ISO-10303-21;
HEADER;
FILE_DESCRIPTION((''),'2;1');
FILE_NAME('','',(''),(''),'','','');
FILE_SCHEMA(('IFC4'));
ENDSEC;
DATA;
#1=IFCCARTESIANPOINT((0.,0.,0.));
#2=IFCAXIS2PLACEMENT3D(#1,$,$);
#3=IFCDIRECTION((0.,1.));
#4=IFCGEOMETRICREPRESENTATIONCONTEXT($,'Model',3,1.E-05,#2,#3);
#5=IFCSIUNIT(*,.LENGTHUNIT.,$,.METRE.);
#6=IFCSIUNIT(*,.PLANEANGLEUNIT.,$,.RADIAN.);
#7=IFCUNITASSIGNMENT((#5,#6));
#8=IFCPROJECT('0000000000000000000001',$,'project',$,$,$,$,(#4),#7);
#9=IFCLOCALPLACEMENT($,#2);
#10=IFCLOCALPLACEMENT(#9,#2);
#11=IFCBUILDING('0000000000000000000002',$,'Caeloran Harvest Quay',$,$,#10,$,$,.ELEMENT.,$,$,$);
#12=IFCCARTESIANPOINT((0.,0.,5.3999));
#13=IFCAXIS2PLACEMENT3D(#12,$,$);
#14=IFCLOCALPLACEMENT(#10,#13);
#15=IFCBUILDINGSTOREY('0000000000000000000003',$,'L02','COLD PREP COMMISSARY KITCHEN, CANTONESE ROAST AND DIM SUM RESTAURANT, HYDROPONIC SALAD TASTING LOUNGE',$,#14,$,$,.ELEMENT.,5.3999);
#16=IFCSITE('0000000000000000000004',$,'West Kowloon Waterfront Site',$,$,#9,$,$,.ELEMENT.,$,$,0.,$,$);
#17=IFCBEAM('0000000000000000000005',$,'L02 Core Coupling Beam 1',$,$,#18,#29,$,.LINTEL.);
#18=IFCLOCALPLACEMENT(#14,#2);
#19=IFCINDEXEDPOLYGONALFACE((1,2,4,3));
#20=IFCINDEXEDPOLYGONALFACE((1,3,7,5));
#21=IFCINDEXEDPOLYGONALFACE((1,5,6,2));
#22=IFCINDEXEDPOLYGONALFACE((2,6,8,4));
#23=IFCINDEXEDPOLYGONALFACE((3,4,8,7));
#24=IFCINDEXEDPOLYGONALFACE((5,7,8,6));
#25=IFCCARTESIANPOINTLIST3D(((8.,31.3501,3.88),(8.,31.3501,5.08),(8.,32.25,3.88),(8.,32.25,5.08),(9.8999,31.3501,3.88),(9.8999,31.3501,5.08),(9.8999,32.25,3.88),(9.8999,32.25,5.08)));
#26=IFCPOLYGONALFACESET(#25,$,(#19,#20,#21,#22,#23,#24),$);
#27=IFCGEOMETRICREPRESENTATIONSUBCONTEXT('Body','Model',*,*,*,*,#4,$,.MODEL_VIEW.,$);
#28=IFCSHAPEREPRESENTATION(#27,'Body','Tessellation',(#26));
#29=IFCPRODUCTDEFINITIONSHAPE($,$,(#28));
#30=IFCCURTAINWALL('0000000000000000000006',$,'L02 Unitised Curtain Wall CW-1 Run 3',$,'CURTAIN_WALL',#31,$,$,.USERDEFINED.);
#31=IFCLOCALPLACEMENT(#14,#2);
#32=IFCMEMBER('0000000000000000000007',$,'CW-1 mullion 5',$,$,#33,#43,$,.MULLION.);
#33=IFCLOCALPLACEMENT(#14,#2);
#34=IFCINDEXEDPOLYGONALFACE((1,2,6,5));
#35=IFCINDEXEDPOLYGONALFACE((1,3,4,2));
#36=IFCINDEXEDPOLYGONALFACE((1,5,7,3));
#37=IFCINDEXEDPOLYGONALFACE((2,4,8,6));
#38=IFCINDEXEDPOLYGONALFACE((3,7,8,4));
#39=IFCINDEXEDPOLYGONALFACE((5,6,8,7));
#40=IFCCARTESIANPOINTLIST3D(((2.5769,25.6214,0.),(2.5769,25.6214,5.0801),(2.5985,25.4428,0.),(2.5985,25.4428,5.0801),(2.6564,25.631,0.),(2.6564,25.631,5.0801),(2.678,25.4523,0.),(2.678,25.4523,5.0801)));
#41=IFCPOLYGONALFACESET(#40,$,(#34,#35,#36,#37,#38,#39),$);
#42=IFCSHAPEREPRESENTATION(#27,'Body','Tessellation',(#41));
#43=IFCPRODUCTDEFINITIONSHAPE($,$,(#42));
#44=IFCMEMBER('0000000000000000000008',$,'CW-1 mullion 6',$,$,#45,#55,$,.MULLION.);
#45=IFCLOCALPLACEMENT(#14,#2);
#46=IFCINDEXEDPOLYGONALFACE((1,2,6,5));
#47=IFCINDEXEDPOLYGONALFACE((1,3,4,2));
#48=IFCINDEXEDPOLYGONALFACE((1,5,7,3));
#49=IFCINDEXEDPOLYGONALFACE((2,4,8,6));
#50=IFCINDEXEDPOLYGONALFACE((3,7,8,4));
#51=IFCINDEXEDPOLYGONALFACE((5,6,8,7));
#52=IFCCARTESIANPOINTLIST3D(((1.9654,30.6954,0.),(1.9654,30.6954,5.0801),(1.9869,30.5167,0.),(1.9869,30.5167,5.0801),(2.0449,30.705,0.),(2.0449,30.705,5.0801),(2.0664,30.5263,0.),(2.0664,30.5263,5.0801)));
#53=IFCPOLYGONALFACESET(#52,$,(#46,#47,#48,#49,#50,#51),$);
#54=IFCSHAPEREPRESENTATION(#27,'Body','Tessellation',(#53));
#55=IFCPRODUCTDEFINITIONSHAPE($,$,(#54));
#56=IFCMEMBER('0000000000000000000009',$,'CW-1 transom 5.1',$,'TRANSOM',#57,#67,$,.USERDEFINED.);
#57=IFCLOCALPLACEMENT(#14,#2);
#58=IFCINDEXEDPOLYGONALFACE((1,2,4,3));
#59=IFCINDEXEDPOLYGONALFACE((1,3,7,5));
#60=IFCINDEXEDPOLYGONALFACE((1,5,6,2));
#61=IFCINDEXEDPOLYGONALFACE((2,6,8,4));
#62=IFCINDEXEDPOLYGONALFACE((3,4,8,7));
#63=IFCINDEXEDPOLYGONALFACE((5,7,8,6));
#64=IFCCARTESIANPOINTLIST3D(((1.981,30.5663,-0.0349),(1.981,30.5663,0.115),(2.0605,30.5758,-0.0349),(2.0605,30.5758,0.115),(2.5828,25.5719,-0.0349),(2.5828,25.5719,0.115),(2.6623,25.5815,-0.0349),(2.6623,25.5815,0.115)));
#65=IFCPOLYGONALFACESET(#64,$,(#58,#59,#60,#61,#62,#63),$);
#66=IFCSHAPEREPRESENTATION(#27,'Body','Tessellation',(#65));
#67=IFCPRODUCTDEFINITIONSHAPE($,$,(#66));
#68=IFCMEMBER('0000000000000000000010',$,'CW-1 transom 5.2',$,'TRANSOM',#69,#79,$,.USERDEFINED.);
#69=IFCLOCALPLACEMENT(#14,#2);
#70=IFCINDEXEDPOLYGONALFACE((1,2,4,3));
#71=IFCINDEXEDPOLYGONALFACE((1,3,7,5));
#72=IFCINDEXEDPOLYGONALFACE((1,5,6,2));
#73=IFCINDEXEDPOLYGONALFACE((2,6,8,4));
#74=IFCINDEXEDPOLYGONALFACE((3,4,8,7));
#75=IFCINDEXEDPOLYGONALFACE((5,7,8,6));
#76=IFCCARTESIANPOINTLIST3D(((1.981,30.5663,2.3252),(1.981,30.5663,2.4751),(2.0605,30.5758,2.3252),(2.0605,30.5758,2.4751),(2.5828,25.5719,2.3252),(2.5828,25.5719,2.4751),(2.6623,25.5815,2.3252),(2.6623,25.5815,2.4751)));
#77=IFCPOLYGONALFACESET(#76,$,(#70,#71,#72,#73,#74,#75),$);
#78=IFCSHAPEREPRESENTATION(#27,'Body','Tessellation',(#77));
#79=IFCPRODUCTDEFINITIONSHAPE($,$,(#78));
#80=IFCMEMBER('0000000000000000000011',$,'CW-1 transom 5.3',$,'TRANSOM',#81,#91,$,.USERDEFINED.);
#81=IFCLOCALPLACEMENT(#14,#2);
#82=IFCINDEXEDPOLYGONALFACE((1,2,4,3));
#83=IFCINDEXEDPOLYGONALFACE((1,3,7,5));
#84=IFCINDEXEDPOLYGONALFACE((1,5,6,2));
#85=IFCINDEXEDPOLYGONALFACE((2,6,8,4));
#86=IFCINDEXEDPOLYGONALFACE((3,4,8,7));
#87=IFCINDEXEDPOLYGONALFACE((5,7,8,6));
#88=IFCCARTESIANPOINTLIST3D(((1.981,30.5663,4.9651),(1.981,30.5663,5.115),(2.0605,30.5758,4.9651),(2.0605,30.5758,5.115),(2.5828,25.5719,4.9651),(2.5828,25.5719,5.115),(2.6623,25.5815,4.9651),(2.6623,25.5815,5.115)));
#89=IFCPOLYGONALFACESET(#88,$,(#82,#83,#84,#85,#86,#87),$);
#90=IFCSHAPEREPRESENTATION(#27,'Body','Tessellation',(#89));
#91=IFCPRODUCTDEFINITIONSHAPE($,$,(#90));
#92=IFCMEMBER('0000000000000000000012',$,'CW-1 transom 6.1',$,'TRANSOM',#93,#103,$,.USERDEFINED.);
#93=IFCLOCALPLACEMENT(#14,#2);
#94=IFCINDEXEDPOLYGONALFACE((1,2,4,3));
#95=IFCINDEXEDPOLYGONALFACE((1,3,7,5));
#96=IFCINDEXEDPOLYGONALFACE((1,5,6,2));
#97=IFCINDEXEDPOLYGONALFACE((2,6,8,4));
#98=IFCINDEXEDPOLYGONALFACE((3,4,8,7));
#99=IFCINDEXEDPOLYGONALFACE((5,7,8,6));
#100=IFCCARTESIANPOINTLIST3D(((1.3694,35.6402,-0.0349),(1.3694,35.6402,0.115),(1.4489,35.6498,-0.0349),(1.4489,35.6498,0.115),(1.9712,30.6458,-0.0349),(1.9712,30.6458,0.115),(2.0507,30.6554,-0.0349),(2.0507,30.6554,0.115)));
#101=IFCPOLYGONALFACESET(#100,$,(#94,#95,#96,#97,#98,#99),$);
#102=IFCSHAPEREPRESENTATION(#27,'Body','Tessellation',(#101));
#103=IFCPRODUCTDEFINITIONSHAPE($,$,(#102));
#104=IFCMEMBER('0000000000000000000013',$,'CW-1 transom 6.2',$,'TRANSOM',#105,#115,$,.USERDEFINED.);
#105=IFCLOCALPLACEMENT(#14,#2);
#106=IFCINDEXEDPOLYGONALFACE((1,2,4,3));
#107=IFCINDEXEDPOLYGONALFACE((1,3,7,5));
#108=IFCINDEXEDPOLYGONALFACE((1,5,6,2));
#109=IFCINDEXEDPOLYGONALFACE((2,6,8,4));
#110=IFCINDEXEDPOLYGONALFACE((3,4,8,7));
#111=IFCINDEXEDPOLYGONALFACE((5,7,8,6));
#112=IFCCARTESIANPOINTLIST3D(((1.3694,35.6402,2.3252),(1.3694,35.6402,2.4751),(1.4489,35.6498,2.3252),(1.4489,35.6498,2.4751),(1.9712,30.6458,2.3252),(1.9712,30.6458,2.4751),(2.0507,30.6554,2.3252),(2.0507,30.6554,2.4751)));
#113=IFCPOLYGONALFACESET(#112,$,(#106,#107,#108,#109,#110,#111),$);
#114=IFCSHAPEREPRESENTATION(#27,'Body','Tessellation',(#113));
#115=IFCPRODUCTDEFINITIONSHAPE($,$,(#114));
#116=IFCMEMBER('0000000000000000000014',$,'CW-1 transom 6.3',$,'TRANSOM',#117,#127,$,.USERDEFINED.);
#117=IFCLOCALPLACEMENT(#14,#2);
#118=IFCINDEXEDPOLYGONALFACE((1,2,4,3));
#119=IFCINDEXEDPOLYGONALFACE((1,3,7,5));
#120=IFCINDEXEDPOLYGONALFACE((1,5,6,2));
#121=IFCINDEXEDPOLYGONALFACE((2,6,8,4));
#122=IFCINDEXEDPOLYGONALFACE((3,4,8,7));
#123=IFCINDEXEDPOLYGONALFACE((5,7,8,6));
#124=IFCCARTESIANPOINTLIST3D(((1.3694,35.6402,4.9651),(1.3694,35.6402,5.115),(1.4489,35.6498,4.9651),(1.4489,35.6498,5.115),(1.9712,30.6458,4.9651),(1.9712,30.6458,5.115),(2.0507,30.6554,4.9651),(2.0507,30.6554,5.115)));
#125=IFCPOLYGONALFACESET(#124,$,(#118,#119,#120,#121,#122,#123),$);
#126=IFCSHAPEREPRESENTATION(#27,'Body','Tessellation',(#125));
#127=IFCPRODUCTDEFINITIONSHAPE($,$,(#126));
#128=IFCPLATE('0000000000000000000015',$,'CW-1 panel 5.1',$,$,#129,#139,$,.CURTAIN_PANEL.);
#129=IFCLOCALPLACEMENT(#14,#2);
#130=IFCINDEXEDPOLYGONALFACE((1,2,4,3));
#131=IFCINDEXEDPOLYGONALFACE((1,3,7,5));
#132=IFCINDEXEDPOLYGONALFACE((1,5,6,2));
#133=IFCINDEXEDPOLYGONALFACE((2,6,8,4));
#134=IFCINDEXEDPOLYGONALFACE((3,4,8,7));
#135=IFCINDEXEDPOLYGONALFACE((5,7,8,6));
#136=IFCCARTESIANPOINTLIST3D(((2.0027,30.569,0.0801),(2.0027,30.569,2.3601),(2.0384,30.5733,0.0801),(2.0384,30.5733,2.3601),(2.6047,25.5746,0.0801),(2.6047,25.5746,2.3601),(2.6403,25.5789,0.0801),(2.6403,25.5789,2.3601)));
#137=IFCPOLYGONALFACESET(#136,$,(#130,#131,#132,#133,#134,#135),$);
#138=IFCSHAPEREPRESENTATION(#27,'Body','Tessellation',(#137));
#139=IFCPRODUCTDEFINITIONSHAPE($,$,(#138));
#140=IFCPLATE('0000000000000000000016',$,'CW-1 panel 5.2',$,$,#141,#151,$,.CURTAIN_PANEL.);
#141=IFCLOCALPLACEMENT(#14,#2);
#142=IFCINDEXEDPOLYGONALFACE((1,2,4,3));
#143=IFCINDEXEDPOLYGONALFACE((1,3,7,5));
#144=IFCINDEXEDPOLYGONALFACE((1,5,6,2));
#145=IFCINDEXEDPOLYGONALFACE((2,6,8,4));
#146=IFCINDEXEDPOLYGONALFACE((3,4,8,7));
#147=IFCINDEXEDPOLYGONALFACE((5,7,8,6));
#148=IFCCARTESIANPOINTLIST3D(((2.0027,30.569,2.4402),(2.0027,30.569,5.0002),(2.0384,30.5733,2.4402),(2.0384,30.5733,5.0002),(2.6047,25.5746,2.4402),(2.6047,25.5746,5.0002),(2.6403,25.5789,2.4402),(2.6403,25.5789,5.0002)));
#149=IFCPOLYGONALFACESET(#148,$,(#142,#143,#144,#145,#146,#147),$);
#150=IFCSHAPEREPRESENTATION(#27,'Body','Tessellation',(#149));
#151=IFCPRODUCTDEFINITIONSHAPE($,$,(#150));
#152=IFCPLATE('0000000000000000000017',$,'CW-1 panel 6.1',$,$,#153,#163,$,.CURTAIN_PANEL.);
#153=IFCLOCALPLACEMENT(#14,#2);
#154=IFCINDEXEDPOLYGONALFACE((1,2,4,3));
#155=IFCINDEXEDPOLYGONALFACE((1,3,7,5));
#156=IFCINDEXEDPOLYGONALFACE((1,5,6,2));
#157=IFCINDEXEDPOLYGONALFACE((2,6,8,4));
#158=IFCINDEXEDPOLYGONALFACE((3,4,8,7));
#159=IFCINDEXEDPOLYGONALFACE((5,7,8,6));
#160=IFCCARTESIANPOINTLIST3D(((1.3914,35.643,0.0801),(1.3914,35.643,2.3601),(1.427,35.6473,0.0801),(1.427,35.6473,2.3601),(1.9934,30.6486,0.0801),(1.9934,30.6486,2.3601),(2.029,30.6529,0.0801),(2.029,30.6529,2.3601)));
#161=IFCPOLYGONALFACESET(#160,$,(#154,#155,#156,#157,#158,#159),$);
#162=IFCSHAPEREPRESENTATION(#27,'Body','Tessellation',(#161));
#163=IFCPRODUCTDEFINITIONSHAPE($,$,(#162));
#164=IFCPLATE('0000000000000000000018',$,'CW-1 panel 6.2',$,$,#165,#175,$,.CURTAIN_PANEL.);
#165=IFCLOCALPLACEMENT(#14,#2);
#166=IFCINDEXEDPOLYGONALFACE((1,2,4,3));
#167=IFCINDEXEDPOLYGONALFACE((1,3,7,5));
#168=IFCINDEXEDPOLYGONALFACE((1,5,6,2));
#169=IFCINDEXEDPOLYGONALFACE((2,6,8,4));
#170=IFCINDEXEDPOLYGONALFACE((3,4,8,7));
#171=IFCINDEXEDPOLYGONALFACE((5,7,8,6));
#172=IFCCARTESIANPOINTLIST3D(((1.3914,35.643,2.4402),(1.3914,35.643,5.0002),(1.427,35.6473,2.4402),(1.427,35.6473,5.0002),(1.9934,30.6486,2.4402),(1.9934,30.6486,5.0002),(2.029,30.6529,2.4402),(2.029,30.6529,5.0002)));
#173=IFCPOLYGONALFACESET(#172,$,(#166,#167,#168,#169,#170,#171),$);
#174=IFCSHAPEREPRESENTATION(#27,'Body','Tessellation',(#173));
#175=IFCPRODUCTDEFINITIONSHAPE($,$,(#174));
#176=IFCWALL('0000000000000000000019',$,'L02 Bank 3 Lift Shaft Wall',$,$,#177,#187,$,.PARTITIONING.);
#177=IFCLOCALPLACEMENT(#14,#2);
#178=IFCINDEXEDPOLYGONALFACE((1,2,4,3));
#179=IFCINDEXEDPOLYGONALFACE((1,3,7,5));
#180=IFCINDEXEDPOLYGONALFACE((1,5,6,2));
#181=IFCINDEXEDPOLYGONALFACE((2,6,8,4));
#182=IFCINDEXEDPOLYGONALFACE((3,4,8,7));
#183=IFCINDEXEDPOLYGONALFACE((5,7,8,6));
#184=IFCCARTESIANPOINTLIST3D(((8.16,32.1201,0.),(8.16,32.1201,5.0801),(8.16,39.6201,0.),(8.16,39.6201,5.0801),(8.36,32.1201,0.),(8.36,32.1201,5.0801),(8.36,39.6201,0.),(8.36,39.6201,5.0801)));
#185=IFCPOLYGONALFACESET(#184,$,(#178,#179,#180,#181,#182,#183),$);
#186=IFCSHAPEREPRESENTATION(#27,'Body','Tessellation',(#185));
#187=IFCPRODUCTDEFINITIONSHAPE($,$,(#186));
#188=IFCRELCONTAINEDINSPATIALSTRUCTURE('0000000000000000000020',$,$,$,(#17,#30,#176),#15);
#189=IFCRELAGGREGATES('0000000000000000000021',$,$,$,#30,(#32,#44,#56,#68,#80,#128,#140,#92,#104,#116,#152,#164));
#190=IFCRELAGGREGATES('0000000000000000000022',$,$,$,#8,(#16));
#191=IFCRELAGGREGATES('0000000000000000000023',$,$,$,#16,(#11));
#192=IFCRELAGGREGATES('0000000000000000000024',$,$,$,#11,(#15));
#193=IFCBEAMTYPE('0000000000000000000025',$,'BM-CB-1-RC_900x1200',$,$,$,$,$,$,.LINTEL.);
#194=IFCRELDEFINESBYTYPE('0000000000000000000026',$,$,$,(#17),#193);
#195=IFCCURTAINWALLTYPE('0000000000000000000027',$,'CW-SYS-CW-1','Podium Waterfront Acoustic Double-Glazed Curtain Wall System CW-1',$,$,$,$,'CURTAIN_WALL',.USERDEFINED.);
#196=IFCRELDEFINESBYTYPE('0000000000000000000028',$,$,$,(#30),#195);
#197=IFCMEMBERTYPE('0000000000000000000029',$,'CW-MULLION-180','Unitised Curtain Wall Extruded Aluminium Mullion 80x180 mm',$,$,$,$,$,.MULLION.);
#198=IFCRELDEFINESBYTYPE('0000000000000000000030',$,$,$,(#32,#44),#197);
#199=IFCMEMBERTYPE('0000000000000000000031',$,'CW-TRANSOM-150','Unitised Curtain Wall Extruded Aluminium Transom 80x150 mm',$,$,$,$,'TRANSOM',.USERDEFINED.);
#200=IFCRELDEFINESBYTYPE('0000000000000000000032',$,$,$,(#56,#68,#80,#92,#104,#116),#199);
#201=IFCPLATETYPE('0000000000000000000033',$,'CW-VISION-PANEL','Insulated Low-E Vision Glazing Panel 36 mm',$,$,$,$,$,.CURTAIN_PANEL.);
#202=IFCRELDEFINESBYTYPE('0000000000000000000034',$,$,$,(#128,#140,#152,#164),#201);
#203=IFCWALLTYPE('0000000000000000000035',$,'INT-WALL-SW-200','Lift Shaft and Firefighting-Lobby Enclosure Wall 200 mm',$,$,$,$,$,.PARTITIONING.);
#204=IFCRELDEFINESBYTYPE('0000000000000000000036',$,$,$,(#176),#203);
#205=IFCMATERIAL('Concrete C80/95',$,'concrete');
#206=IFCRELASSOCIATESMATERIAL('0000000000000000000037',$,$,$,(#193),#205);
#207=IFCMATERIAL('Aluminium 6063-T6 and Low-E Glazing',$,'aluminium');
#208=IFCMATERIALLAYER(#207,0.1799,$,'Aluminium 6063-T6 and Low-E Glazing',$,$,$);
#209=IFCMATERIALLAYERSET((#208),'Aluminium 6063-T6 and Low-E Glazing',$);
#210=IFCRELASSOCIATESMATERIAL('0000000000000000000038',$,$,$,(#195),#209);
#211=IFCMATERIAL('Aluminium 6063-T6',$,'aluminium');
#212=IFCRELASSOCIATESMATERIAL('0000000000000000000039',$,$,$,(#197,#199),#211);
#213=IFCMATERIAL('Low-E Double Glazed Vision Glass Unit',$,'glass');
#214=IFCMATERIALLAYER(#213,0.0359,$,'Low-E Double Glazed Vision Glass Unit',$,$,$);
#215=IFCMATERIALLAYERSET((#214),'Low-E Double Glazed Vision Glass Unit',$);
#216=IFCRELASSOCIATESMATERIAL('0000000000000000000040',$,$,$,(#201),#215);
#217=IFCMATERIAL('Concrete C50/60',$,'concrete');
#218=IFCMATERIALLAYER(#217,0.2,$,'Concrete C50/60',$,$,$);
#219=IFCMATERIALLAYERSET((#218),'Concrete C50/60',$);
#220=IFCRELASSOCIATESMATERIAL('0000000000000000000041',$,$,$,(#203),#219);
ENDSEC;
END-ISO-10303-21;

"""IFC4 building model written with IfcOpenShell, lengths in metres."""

from ifc_helpers import new_model, si_unit, direction, frame, frame_2d, origin, origin_2d, place, context, subcontext, project, spatial, rectangle, extrude, material, layer, layer_set, material_profile, profile_set, type_object, element, aggregate, save


model = new_model("IFC4")

# Units and contexts
model_context = context("Model", 3, precision=1e-05, world=origin(), true_north=direction((0.0, 1.0)))
body_context = subcontext(model_context, "Body", "Model", "MODEL_VIEW")
ifc_project = project(units=[si_unit("LENGTHUNIT", "METRE"), si_unit("PLANEANGLEUNIT", "RADIAN")], contexts=[model_context])

# Site, building, storey
site_placement = place(None, origin())
site = spatial("IfcSite", under=ifc_project, at=site_placement, Name="West Kowloon Waterfront Site", CompositionType="ELEMENT", RefElevation=0.0)
building_placement = place(site_placement, origin())
building = spatial("IfcBuilding", under=site, at=building_placement, Name="Caeloran Harvest Quay", CompositionType="ELEMENT")
storey_placement = place(building_placement, frame((0.0, 0.0, 5.3999)))
storey = spatial("IfcBuildingStorey", under=building, at=storey_placement, Name="L02", Description="COLD PREP COMMISSARY KITCHEN, CANTONESE ROAST AND DIM SUM RESTAURANT, HYDROPONIC SALAD TASTING LOUNGE", CompositionType="ELEMENT", Elevation=5.3999)

# Beam
ifc_material_1 = material(Name="Concrete C80/95", Category="concrete")
ifc_material_profile_1 = material_profile(ifc_material_1, rectangle(XDim=0.8999, YDim=1.2, at=origin_2d()), Name="RC 900x1200")
ifc_profile_set_1 = profile_set([ifc_material_profile_1], Name="Concrete C80/95")
beam_type = type_object("IfcBeamType", Name="BM-CB-1-RC_900x1200", PredefinedType="LINTEL", material=ifc_profile_set_1)
beam_placement = place(storey_placement, frame((8.0, 31.8, 4.48), z_axis=(1.0, 0.0, 0.0), x_axis=(0.0, 1.0, 0.0)))
element("IfcBeam", 1, at=beam_placement, inside=storey, type_object=beam_type, Name="L02 Core Coupling Beam 1", PredefinedType="LINTEL", context=body_context, shape_type="SweptSolid", body=[
    extrude(rectangle(XDim=0.8999, YDim=1.2, at=origin_2d()), origin(), (0.0, 0.0, 1.0), 1.8999),
])

# Curtain wall, members, plates
ifc_material_2 = material(Name="Aluminium 6063-T6 and Low-E Glazing", Category="aluminium")
ifc_layer_1 = layer(ifc_material_2, 0.1799, Name="Aluminium 6063-T6 and Low-E Glazing")
ifc_layer_set_1 = layer_set([ifc_layer_1], Name="Aluminium 6063-T6 and Low-E Glazing")
curtain_wall_type = type_object("IfcCurtainWallType", Name="CW-SYS-CW-1", Description="Podium Waterfront Acoustic Double-Glazed Curtain Wall System CW-1", ElementType="CURTAIN_WALL", PredefinedType="USERDEFINED", material=ifc_layer_set_1)
curtain_wall_placement = place(storey_placement, origin())
curtain_wall = element("IfcCurtainWall", 2, at=curtain_wall_placement, inside=storey, type_object=curtain_wall_type, Name="L02 Unitised Curtain Wall CW-1 Run 3", ObjectType="CURTAIN_WALL", PredefinedType="USERDEFINED")
ifc_material_3 = material(Name="Aluminium 6063-T6", Category="aluminium")
ifc_material_profile_2 = material_profile(ifc_material_3, rectangle(XDim=0.0801, YDim=0.1799, at=origin_2d()), Name="CW-MULLION-180")
ifc_profile_set_2 = profile_set([ifc_material_profile_2], Name="Aluminium 6063-T6")
member_type_1 = type_object("IfcMemberType", Name="CW-MULLION-180", Description="Unitised Curtain Wall Extruded Aluminium Mullion 80x180 mm", PredefinedType="MULLION", material=ifc_profile_set_2)
member_1_placement = place(storey_placement, frame((2.6274, 25.5369, 0.0), z_axis=(0.0, 0.0, 1.0), x_axis=(-0.992815, -0.119658, 0.0)))
member_1 = element("IfcMember", 3, at=member_1_placement, type_object=member_type_1, Name="CW-1 mullion 5", PredefinedType="MULLION", context=body_context, shape_type="SweptSolid", body=[
    extrude(rectangle(XDim=0.0801, YDim=0.1799, at=origin_2d()), origin(), (0.0, 0.0, 1.0), 5.0801),
])
member_2_placement = place(storey_placement, frame((2.0159, 30.6108, 0.0), z_axis=(0.0, 0.0, 1.0), x_axis=(-0.992815, -0.119658, 0.0)))
member_2 = element("IfcMember", 4, at=member_2_placement, type_object=member_type_1, Name="CW-1 mullion 6", PredefinedType="MULLION", context=body_context, shape_type="SweptSolid", body=[
    extrude(rectangle(XDim=0.0801, YDim=0.1799, at=origin_2d()), origin(), (0.0, 0.0, 1.0), 5.0801),
])
ifc_material_profile_3 = material_profile(ifc_material_3, rectangle(XDim=0.0801, YDim=0.1499, at=origin_2d()), Name="CW-TRANSOM-150")
ifc_profile_set_3 = profile_set([ifc_material_profile_3], Name="Aluminium 6063-T6")
member_type_2 = type_object("IfcMemberType", Name="CW-TRANSOM-150", Description="Unitised Curtain Wall Extruded Aluminium Transom 80x150 mm", ElementType="TRANSOM", PredefinedType="USERDEFINED", material=ifc_profile_set_3)
member_3_placement = place(storey_placement, frame((2.6226, 25.5767, 0.04), z_axis=(-0.119631, 0.992818, 0.0), x_axis=(-0.992818, -0.119631, 0.0)))
member_3 = element("IfcMember", 5, at=member_3_placement, type_object=member_type_2, Name="CW-1 transom 5.1", ObjectType="TRANSOM", PredefinedType="USERDEFINED", context=body_context, shape_type="SweptSolid", body=[
    extrude(rectangle(XDim=0.0801, YDim=0.1499, at=origin_2d()), origin(), (0.0, 0.0, 1.0), 5.0305),
])
member_4_placement = place(storey_placement, frame((2.6226, 25.5767, 2.4001), z_axis=(-0.119631, 0.992818, 0.0), x_axis=(-0.992818, -0.119631, 0.0)))
member_4 = element("IfcMember", 6, at=member_4_placement, type_object=member_type_2, Name="CW-1 transom 5.2", ObjectType="TRANSOM", PredefinedType="USERDEFINED", context=body_context, shape_type="SweptSolid", body=[
    extrude(rectangle(XDim=0.0801, YDim=0.1499, at=origin_2d()), origin(), (0.0, 0.0, 1.0), 5.0305),
])
member_5_placement = place(storey_placement, frame((2.6226, 25.5767, 5.04), z_axis=(-0.119631, 0.992818, 0.0), x_axis=(-0.992818, -0.119631, 0.0)))
member_5 = element("IfcMember", 7, at=member_5_placement, type_object=member_type_2, Name="CW-1 transom 5.3", ObjectType="TRANSOM", PredefinedType="USERDEFINED", context=body_context, shape_type="SweptSolid", body=[
    extrude(rectangle(XDim=0.0801, YDim=0.1499, at=origin_2d()), origin(), (0.0, 0.0, 1.0), 5.0305),
])
member_6_placement = place(storey_placement, frame((2.011, 30.6506, 0.04), z_axis=(-0.119631, 0.992818, 0.0), x_axis=(-0.992818, -0.119631, 0.0)))
member_6 = element("IfcMember", 8, at=member_6_placement, type_object=member_type_2, Name="CW-1 transom 6.1", ObjectType="TRANSOM", PredefinedType="USERDEFINED", context=body_context, shape_type="SweptSolid", body=[
    extrude(rectangle(XDim=0.0801, YDim=0.1499, at=origin_2d()), origin(), (0.0, 0.0, 1.0), 5.0305),
])
member_7_placement = place(storey_placement, frame((2.011, 30.6506, 2.4001), z_axis=(-0.119631, 0.992818, 0.0), x_axis=(-0.992818, -0.119631, 0.0)))
member_7 = element("IfcMember", 9, at=member_7_placement, type_object=member_type_2, Name="CW-1 transom 6.2", ObjectType="TRANSOM", PredefinedType="USERDEFINED", context=body_context, shape_type="SweptSolid", body=[
    extrude(rectangle(XDim=0.0801, YDim=0.1499, at=origin_2d()), origin(), (0.0, 0.0, 1.0), 5.0305),
])
member_8_placement = place(storey_placement, frame((2.011, 30.6506, 5.04), z_axis=(-0.119631, 0.992818, 0.0), x_axis=(-0.992818, -0.119631, 0.0)))
member_8 = element("IfcMember", 10, at=member_8_placement, type_object=member_type_2, Name="CW-1 transom 6.3", ObjectType="TRANSOM", PredefinedType="USERDEFINED", context=body_context, shape_type="SweptSolid", body=[
    extrude(rectangle(XDim=0.0801, YDim=0.1499, at=origin_2d()), origin(), (0.0, 0.0, 1.0), 5.0305),
])
ifc_material_4 = material(Name="Low-E Double Glazed Vision Glass Unit", Category="glass")
ifc_layer_2 = layer(ifc_material_4, 0.0359, Name="Low-E Double Glazed Vision Glass Unit")
ifc_layer_set_2 = layer_set([ifc_layer_2], Name="Low-E Double Glazed Vision Glass Unit")
plate_type = type_object("IfcPlateType", Name="CW-VISION-PANEL", Description="Insulated Low-E Vision Glazing Panel 36 mm", PredefinedType="CURTAIN_PANEL", material=ifc_layer_set_2)
plate_1_placement = place(storey_placement, frame((2.3215, 28.074, 0.0801), z_axis=(0.0, 0.0, 1.0), x_axis=(-0.119658, 0.992815, 0.0)))
plate_1 = element("IfcPlate", 11, at=plate_1_placement, type_object=plate_type, Name="CW-1 panel 5.1", PredefinedType="CURTAIN_PANEL", context=body_context, shape_type="SweptSolid", body=[
    extrude(rectangle(XDim=5.0305, YDim=0.0359, at=origin_2d()), origin(), (0.0, 0.0, 1.0), 2.28),
])
plate_2_placement = place(storey_placement, frame((2.3215, 28.074, 2.4402), z_axis=(0.0, 0.0, 1.0), x_axis=(-0.119658, 0.992815, 0.0)))
plate_2 = element("IfcPlate", 12, at=plate_2_placement, type_object=plate_type, Name="CW-1 panel 5.2", PredefinedType="CURTAIN_PANEL", context=body_context, shape_type="SweptSolid", body=[
    extrude(rectangle(XDim=5.0305, YDim=0.0359, at=origin_2d()), origin(), (0.0, 0.0, 1.0), 2.5601),
])
plate_3_placement = place(storey_placement, frame((1.7102, 33.1479, 0.0801), z_axis=(0.0, 0.0, 1.0), x_axis=(-0.119658, 0.992815, 0.0)))
plate_3 = element("IfcPlate", 13, at=plate_3_placement, type_object=plate_type, Name="CW-1 panel 6.1", PredefinedType="CURTAIN_PANEL", context=body_context, shape_type="SweptSolid", body=[
    extrude(rectangle(XDim=5.0305, YDim=0.0359, at=origin_2d()), origin(), (0.0, 0.0, 1.0), 2.28),
])
plate_4_placement = place(storey_placement, frame((1.7102, 33.1479, 2.4402), z_axis=(0.0, 0.0, 1.0), x_axis=(-0.119658, 0.992815, 0.0)))
plate_4 = element("IfcPlate", 14, at=plate_4_placement, type_object=plate_type, Name="CW-1 panel 6.2", PredefinedType="CURTAIN_PANEL", context=body_context, shape_type="SweptSolid", body=[
    extrude(rectangle(XDim=5.0305, YDim=0.0359, at=origin_2d()), origin(), (0.0, 0.0, 1.0), 2.5601),
])
aggregate(curtain_wall, [member_1, member_2, member_3, member_4, member_5, plate_1, plate_2, member_6, member_7, member_8, plate_3, plate_4])

# Wall
ifc_material_5 = material(Name="Concrete C50/60", Category="concrete")
ifc_layer_3 = layer(ifc_material_5, 0.2, Name="Concrete C50/60")
ifc_layer_set_3 = layer_set([ifc_layer_3], Name="Concrete C50/60")
wall_type_1 = type_object("IfcWallType", Name="INT-WALL-SW-200", Description="Lift Shaft and Firefighting-Lobby Enclosure Wall 200 mm", PredefinedType="PARTITIONING", material=ifc_layer_set_3)
wall_1_placement = place(storey_placement, frame((8.26, 32.1201, 0.0), z_axis=(0.0, 0.0, 1.0), x_axis=(0.0, 1.0, 0.0)))
element("IfcWall", 15, at=wall_1_placement, inside=storey, type_object=wall_type_1, Name="L02 Bank 3 Lift Shaft Wall", PredefinedType="PARTITIONING", context=body_context, shape_type="SweptSolid", body=[
    extrude(rectangle(XDim=7.5, YDim=0.2, at=frame_2d((3.75, 0.0))), origin(), (0.0, 0.0, 1.0), 5.0801),
])

save(model, "model.ifc")
